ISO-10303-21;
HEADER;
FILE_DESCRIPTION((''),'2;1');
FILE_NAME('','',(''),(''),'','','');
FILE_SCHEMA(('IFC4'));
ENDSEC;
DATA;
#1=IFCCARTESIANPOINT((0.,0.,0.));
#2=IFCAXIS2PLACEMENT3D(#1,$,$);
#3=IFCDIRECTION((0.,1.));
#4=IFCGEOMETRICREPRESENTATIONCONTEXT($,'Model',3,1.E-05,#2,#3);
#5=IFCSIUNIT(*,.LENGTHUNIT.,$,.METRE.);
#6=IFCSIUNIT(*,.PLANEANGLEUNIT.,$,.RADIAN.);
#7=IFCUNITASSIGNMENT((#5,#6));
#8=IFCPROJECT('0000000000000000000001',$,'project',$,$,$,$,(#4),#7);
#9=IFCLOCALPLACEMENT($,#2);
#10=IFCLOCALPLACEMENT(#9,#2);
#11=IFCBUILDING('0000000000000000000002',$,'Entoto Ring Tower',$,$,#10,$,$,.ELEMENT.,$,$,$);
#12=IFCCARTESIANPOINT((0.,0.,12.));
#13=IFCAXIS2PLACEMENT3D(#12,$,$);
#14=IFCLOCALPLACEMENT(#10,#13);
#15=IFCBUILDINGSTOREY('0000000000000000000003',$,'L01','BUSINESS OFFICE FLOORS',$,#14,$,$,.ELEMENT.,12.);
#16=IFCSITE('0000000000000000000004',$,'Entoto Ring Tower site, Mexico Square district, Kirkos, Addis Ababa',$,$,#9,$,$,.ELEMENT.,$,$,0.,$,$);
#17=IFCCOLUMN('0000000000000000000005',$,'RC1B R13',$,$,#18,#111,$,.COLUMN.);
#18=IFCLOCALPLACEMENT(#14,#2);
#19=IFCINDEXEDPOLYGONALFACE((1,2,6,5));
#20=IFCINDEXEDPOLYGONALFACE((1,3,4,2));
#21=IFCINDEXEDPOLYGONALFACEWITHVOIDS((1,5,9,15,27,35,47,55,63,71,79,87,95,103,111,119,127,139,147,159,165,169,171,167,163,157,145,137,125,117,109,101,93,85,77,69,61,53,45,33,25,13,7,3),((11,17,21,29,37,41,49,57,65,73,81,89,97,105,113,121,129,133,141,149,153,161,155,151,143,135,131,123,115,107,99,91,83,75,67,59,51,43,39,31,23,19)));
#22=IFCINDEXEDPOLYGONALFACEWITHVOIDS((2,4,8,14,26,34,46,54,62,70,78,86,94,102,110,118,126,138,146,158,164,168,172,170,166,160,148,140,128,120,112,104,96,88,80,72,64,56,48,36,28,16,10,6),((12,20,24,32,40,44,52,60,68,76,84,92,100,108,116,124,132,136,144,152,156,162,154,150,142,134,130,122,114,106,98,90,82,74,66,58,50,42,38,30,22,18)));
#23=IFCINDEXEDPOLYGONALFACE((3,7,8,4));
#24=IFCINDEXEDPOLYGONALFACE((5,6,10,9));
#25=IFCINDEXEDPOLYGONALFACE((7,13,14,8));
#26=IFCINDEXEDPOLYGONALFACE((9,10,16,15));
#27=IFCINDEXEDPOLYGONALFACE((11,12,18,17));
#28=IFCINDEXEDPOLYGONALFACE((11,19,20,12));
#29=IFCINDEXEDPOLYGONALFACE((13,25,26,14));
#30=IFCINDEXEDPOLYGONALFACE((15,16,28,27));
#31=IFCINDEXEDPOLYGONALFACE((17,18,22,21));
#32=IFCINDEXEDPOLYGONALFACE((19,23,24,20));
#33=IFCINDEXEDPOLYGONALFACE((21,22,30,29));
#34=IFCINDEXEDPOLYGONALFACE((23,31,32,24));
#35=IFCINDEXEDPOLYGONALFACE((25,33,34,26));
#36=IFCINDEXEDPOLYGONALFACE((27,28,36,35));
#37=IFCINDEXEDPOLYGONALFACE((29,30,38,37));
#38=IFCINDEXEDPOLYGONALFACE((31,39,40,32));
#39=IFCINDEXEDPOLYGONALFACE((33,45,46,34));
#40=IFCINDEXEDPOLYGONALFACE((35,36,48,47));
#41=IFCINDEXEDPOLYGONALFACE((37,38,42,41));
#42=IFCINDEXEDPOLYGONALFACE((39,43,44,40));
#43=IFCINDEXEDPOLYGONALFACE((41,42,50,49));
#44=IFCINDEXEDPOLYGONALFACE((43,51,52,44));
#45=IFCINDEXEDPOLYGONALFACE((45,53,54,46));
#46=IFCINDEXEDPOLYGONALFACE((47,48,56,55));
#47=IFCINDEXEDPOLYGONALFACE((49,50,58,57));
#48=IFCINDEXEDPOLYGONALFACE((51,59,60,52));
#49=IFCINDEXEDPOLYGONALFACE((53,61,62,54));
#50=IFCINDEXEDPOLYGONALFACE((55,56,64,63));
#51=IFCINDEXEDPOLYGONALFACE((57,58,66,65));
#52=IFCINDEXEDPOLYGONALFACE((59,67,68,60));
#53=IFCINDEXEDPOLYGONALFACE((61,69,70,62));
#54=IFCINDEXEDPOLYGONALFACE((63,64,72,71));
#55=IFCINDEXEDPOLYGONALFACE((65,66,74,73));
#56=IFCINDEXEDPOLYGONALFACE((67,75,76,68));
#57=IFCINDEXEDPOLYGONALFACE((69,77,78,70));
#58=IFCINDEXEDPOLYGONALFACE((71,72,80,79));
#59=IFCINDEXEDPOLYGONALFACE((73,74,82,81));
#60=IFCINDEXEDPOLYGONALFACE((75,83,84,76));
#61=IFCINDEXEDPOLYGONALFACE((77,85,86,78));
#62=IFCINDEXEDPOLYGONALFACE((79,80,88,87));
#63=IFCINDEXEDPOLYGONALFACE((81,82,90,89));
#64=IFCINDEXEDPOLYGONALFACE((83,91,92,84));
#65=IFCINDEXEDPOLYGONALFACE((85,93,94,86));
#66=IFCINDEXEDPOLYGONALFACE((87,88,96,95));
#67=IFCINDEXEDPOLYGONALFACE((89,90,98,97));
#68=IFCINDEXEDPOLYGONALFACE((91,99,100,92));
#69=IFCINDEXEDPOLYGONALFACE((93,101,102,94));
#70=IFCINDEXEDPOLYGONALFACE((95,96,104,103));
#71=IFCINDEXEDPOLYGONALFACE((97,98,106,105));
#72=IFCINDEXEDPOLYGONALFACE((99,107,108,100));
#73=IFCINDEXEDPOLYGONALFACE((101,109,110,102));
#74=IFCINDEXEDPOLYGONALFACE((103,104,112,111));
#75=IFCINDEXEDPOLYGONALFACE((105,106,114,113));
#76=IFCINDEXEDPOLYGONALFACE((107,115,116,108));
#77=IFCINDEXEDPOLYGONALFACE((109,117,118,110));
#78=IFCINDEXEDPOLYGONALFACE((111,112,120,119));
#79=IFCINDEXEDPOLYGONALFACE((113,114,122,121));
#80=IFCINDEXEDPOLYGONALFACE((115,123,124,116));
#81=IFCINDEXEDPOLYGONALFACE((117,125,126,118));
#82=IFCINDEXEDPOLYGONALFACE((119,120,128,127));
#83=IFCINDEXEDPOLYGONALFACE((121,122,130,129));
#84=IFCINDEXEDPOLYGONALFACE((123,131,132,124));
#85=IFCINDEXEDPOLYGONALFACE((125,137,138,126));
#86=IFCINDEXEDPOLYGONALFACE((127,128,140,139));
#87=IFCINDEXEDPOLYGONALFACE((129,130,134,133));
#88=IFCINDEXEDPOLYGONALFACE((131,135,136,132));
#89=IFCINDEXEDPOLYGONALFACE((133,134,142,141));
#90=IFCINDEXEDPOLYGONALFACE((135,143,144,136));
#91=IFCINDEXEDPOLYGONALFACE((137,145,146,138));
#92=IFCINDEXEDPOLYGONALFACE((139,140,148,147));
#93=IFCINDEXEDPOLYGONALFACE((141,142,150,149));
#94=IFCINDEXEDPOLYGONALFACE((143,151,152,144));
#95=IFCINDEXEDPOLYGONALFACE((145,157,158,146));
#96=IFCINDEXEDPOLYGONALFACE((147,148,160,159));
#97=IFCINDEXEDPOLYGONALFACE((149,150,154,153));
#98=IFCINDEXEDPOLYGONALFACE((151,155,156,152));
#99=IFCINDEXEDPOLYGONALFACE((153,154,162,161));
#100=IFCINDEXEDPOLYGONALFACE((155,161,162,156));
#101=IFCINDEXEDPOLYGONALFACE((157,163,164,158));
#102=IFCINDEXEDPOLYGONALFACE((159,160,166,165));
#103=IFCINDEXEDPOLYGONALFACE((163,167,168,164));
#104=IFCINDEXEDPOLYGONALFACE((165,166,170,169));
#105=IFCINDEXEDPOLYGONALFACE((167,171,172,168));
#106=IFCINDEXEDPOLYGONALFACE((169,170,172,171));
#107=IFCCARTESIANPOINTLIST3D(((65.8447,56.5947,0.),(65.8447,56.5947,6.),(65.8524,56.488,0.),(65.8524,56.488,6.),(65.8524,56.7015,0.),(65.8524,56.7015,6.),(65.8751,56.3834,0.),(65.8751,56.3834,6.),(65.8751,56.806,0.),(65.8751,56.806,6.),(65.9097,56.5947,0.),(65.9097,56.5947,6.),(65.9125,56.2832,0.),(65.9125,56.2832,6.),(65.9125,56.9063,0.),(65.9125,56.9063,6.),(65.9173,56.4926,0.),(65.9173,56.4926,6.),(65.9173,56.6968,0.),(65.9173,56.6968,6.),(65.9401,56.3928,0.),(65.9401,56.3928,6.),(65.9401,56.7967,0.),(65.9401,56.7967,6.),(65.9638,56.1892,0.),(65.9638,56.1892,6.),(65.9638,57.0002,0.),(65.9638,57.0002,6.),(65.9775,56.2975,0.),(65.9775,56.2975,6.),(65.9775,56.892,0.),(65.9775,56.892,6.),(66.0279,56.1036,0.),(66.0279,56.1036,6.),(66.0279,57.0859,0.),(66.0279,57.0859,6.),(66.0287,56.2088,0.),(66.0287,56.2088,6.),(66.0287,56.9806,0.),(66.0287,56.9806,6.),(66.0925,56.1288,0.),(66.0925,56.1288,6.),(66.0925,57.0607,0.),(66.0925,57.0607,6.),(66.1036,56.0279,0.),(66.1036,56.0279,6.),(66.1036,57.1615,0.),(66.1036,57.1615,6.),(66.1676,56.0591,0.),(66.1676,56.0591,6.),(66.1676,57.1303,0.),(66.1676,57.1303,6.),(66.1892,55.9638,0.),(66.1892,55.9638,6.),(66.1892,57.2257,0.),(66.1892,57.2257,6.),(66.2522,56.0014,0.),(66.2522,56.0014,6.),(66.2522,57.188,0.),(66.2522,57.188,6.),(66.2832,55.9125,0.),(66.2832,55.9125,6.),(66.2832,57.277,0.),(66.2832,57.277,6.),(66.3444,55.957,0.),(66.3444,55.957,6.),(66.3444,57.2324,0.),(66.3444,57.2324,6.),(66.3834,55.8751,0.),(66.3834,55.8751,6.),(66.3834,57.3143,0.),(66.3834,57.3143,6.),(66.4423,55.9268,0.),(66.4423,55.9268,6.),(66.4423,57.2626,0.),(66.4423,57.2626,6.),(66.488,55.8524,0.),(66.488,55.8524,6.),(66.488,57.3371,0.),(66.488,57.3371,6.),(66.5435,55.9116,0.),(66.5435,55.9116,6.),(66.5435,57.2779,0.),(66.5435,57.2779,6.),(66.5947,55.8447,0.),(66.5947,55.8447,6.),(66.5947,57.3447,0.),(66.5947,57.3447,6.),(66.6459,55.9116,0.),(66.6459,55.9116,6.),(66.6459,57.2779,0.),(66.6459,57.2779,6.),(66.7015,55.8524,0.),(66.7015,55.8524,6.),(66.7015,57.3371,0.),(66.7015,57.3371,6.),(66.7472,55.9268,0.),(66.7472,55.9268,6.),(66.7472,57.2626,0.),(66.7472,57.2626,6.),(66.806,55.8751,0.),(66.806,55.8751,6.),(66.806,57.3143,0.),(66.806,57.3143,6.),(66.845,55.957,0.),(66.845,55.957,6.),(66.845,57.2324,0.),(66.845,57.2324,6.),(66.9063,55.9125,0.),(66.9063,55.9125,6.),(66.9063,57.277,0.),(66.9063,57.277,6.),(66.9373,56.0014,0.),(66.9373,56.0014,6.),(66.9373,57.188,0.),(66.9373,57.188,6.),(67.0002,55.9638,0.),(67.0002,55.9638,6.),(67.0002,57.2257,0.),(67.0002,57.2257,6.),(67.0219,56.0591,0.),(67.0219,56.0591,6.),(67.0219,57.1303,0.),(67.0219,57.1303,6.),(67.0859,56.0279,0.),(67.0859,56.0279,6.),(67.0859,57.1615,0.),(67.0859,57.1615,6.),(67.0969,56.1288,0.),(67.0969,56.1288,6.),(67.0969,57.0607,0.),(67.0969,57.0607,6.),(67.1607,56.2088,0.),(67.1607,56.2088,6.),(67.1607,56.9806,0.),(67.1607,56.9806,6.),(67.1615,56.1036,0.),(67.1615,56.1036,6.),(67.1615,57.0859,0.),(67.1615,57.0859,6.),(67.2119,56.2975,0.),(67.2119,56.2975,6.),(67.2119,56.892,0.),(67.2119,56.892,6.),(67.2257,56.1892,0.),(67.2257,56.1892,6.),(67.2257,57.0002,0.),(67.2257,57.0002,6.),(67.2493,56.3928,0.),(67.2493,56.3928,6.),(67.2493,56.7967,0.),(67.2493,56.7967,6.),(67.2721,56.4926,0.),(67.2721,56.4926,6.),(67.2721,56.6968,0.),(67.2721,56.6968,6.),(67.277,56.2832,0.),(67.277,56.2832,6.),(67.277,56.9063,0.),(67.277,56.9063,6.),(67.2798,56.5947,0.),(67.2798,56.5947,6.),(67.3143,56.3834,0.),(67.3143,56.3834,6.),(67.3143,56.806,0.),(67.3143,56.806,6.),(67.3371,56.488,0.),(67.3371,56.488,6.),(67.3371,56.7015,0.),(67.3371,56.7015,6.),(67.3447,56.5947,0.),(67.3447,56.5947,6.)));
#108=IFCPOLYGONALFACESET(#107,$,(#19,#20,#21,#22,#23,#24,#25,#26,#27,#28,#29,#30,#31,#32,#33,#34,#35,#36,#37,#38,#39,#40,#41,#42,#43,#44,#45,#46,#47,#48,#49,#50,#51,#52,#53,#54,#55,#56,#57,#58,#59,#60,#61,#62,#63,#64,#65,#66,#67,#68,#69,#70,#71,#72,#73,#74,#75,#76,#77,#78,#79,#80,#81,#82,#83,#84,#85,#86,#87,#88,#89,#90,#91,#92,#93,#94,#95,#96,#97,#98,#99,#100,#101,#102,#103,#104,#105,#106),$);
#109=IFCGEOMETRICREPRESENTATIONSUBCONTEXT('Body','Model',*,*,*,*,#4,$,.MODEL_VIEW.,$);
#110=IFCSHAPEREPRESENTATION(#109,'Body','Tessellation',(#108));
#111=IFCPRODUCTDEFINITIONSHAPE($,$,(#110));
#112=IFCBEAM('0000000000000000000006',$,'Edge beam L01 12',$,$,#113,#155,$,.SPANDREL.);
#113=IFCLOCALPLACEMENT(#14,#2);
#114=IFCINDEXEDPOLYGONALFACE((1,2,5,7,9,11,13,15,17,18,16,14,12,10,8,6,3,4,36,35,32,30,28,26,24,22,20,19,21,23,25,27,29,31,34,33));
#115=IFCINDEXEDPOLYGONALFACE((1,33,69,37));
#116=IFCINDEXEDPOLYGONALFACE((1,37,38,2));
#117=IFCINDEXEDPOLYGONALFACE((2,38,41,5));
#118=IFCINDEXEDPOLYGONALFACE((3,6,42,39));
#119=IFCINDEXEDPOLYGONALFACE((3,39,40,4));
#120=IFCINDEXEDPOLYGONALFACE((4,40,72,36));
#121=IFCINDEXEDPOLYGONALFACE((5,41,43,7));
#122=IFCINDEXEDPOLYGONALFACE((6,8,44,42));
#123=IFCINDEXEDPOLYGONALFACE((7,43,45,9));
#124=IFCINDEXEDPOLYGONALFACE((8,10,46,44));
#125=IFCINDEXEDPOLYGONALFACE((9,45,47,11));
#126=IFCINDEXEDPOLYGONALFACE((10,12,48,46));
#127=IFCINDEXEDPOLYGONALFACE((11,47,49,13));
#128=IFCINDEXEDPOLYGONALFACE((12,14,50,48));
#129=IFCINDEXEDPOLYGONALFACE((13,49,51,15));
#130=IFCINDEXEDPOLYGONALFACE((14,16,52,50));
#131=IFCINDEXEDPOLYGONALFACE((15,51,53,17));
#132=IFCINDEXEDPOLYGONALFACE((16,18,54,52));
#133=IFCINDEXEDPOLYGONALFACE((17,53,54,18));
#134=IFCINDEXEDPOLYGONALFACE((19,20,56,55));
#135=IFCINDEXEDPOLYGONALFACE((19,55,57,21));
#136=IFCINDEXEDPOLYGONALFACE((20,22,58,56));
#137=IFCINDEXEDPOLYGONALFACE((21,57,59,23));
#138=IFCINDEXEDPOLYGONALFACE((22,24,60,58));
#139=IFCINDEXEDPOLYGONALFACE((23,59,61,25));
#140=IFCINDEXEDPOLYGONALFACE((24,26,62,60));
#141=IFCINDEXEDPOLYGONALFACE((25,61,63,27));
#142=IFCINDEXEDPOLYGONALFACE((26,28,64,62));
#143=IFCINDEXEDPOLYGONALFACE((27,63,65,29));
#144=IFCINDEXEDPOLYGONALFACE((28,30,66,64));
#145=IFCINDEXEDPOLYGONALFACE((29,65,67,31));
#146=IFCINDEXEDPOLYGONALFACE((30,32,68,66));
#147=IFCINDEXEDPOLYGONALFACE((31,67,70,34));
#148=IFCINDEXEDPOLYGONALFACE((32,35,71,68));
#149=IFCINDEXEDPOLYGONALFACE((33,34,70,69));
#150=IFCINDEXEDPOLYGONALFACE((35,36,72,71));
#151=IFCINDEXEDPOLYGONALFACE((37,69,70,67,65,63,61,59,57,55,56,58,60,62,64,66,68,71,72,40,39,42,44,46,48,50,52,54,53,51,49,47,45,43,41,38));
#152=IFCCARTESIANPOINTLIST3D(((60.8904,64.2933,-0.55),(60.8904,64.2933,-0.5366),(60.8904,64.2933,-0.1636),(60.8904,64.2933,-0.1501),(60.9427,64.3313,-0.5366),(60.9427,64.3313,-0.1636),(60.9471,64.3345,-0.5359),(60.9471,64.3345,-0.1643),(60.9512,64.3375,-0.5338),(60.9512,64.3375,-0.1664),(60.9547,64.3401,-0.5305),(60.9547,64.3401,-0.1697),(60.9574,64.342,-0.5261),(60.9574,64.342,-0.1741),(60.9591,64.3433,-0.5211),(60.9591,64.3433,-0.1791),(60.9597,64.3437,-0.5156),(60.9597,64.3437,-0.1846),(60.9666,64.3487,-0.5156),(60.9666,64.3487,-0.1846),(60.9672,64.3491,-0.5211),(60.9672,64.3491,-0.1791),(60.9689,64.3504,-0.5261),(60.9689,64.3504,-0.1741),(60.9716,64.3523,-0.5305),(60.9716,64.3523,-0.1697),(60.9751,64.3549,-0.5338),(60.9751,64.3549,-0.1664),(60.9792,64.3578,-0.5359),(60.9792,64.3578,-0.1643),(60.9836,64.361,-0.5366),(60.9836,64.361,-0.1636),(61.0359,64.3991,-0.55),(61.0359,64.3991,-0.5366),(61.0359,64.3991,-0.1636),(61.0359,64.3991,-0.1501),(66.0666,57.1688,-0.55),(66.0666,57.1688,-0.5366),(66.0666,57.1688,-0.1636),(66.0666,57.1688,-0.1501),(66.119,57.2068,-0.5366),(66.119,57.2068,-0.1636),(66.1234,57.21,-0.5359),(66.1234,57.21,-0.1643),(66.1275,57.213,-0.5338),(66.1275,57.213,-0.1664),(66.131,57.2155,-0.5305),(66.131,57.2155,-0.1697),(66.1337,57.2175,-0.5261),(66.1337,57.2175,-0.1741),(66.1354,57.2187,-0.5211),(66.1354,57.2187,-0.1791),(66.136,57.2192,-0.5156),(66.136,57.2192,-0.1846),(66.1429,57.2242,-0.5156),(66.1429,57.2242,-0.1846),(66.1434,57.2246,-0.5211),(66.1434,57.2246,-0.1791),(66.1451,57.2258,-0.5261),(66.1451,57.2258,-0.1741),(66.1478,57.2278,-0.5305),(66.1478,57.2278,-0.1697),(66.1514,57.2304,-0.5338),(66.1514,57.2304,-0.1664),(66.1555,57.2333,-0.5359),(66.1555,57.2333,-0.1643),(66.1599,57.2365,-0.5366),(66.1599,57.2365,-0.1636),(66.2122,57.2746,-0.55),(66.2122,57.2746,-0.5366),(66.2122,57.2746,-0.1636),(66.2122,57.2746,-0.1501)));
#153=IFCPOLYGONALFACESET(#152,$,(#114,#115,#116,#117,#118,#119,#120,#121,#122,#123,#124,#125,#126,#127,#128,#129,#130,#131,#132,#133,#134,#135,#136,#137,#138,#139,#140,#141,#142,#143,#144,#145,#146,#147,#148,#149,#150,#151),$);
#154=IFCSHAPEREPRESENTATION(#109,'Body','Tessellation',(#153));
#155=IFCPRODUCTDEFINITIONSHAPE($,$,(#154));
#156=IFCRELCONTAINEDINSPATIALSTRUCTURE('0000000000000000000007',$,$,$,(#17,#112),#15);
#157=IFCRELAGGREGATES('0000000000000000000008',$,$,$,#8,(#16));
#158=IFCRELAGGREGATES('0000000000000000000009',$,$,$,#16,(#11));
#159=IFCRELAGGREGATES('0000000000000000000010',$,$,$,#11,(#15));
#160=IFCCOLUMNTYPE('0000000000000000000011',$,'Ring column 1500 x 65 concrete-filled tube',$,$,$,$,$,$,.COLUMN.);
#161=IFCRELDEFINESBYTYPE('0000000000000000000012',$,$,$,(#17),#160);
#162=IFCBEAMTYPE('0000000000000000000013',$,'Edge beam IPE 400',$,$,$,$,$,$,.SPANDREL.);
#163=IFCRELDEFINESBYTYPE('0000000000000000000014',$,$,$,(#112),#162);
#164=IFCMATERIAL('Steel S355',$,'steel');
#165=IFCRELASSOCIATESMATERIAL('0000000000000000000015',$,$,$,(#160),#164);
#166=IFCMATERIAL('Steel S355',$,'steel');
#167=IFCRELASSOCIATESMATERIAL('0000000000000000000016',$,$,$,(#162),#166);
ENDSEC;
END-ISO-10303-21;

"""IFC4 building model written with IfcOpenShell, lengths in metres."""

from ifc_helpers import new_model, si_unit, direction, frame, origin, origin_2d, place, context, subcontext, project, spatial, circle, hollow_circle, i_section, extrude, material, material_profile, profile_set, type_object, element, save


model = new_model("IFC4")

# Units and contexts
model_context = context("Model", 3, precision=1e-05, world=origin(), true_north=direction((0.0, 1.0)))
body_context = subcontext(model_context, "Body", "Model", "MODEL_VIEW")
ifc_project = project(units=[si_unit("LENGTHUNIT", "METRE"), si_unit("PLANEANGLEUNIT", "RADIAN")], contexts=[model_context])

# Site, building, storey
site_placement = place(None, origin())
site = spatial("IfcSite", under=ifc_project, at=site_placement, Name="Entoto Ring Tower site, Mexico Square district, Kirkos, Addis Ababa", CompositionType="ELEMENT", RefElevation=0.0)
building_placement = place(site_placement, origin())
building = spatial("IfcBuilding", under=site, at=building_placement, Name="Entoto Ring Tower", CompositionType="ELEMENT")
storey_placement = place(building_placement, frame((0.0, 0.0, 12.0)))
storey = spatial("IfcBuildingStorey", under=building, at=storey_placement, Name="L01", Description="BUSINESS OFFICE FLOORS", CompositionType="ELEMENT", Elevation=12.0)

# Column
ifc_material_1 = material(Name="Steel S355", Category="steel")
ifc_material_profile_1 = material_profile(ifc_material_1, hollow_circle(Radius=0.75, WallThickness=0.0649, at=origin_2d()), Name="CHS 1500 x 65")
ifc_material_2 = material(Name="Concrete C60/75", Category="concrete")
ifc_material_profile_2 = material_profile(ifc_material_2, circle(Radius=0.6851, at=origin_2d()), Name="Concrete C60/75 infill")
ifc_profile_set_1 = profile_set([ifc_material_profile_1, ifc_material_profile_2], Name="Steel S355")
column_type = type_object("IfcColumnType", Name="Ring column 1500 x 65 concrete-filled tube", PredefinedType="COLUMN", material=ifc_profile_set_1)
column_placement = place(storey_placement, frame((66.5947, 56.5947, 0.0), z_axis=(0.0, 0.0, 1.0), x_axis=(1.0, 0.0, 0.0)))
element("IfcColumn", 1, at=column_placement, inside=storey, type_object=column_type, Name="RC1B R13", PredefinedType="COLUMN", context=body_context, shape_type="SweptSolid", body=[
    extrude(hollow_circle(Radius=0.75, WallThickness=0.0649, at=origin_2d()), origin(), (0.0, 0.0, 1.0), 6.0),
])

# Beam
ifc_material_3 = material(Name="Steel S355", Category="steel")
ifc_material_profile_3 = material_profile(ifc_material_3, i_section(OverallWidth=0.1799, OverallDepth=0.3999, WebThickness=0.0085, FlangeThickness=0.0134, FilletRadius=0.021, at=origin_2d()), Name="IPE 400")
ifc_profile_set_2 = profile_set([ifc_material_profile_3], Name="Steel S355")
beam_type_1 = type_object("IfcBeamType", Name="Edge beam IPE 400", PredefinedType="SPANDREL", material=ifc_profile_set_2)
beam_1_placement = place(storey_placement, frame((60.9631, 64.3462, -0.3501), z_axis=(0.587786, -0.809017, 0.0), x_axis=(0.809017, 0.587786, 0.0)))
element("IfcBeam", 2, at=beam_1_placement, inside=storey, type_object=beam_type_1, Name="Edge beam L01 12", PredefinedType="SPANDREL", context=body_context, shape_type="SweptSolid", body=[
    extrude(i_section(OverallWidth=0.1799, OverallDepth=0.3999, WebThickness=0.0085, FlangeThickness=0.0134, FilletRadius=0.021, at=origin_2d()), origin(), (0.0, 0.0, 1.0), 8.8064),
])

save(model, "model.ifc")
